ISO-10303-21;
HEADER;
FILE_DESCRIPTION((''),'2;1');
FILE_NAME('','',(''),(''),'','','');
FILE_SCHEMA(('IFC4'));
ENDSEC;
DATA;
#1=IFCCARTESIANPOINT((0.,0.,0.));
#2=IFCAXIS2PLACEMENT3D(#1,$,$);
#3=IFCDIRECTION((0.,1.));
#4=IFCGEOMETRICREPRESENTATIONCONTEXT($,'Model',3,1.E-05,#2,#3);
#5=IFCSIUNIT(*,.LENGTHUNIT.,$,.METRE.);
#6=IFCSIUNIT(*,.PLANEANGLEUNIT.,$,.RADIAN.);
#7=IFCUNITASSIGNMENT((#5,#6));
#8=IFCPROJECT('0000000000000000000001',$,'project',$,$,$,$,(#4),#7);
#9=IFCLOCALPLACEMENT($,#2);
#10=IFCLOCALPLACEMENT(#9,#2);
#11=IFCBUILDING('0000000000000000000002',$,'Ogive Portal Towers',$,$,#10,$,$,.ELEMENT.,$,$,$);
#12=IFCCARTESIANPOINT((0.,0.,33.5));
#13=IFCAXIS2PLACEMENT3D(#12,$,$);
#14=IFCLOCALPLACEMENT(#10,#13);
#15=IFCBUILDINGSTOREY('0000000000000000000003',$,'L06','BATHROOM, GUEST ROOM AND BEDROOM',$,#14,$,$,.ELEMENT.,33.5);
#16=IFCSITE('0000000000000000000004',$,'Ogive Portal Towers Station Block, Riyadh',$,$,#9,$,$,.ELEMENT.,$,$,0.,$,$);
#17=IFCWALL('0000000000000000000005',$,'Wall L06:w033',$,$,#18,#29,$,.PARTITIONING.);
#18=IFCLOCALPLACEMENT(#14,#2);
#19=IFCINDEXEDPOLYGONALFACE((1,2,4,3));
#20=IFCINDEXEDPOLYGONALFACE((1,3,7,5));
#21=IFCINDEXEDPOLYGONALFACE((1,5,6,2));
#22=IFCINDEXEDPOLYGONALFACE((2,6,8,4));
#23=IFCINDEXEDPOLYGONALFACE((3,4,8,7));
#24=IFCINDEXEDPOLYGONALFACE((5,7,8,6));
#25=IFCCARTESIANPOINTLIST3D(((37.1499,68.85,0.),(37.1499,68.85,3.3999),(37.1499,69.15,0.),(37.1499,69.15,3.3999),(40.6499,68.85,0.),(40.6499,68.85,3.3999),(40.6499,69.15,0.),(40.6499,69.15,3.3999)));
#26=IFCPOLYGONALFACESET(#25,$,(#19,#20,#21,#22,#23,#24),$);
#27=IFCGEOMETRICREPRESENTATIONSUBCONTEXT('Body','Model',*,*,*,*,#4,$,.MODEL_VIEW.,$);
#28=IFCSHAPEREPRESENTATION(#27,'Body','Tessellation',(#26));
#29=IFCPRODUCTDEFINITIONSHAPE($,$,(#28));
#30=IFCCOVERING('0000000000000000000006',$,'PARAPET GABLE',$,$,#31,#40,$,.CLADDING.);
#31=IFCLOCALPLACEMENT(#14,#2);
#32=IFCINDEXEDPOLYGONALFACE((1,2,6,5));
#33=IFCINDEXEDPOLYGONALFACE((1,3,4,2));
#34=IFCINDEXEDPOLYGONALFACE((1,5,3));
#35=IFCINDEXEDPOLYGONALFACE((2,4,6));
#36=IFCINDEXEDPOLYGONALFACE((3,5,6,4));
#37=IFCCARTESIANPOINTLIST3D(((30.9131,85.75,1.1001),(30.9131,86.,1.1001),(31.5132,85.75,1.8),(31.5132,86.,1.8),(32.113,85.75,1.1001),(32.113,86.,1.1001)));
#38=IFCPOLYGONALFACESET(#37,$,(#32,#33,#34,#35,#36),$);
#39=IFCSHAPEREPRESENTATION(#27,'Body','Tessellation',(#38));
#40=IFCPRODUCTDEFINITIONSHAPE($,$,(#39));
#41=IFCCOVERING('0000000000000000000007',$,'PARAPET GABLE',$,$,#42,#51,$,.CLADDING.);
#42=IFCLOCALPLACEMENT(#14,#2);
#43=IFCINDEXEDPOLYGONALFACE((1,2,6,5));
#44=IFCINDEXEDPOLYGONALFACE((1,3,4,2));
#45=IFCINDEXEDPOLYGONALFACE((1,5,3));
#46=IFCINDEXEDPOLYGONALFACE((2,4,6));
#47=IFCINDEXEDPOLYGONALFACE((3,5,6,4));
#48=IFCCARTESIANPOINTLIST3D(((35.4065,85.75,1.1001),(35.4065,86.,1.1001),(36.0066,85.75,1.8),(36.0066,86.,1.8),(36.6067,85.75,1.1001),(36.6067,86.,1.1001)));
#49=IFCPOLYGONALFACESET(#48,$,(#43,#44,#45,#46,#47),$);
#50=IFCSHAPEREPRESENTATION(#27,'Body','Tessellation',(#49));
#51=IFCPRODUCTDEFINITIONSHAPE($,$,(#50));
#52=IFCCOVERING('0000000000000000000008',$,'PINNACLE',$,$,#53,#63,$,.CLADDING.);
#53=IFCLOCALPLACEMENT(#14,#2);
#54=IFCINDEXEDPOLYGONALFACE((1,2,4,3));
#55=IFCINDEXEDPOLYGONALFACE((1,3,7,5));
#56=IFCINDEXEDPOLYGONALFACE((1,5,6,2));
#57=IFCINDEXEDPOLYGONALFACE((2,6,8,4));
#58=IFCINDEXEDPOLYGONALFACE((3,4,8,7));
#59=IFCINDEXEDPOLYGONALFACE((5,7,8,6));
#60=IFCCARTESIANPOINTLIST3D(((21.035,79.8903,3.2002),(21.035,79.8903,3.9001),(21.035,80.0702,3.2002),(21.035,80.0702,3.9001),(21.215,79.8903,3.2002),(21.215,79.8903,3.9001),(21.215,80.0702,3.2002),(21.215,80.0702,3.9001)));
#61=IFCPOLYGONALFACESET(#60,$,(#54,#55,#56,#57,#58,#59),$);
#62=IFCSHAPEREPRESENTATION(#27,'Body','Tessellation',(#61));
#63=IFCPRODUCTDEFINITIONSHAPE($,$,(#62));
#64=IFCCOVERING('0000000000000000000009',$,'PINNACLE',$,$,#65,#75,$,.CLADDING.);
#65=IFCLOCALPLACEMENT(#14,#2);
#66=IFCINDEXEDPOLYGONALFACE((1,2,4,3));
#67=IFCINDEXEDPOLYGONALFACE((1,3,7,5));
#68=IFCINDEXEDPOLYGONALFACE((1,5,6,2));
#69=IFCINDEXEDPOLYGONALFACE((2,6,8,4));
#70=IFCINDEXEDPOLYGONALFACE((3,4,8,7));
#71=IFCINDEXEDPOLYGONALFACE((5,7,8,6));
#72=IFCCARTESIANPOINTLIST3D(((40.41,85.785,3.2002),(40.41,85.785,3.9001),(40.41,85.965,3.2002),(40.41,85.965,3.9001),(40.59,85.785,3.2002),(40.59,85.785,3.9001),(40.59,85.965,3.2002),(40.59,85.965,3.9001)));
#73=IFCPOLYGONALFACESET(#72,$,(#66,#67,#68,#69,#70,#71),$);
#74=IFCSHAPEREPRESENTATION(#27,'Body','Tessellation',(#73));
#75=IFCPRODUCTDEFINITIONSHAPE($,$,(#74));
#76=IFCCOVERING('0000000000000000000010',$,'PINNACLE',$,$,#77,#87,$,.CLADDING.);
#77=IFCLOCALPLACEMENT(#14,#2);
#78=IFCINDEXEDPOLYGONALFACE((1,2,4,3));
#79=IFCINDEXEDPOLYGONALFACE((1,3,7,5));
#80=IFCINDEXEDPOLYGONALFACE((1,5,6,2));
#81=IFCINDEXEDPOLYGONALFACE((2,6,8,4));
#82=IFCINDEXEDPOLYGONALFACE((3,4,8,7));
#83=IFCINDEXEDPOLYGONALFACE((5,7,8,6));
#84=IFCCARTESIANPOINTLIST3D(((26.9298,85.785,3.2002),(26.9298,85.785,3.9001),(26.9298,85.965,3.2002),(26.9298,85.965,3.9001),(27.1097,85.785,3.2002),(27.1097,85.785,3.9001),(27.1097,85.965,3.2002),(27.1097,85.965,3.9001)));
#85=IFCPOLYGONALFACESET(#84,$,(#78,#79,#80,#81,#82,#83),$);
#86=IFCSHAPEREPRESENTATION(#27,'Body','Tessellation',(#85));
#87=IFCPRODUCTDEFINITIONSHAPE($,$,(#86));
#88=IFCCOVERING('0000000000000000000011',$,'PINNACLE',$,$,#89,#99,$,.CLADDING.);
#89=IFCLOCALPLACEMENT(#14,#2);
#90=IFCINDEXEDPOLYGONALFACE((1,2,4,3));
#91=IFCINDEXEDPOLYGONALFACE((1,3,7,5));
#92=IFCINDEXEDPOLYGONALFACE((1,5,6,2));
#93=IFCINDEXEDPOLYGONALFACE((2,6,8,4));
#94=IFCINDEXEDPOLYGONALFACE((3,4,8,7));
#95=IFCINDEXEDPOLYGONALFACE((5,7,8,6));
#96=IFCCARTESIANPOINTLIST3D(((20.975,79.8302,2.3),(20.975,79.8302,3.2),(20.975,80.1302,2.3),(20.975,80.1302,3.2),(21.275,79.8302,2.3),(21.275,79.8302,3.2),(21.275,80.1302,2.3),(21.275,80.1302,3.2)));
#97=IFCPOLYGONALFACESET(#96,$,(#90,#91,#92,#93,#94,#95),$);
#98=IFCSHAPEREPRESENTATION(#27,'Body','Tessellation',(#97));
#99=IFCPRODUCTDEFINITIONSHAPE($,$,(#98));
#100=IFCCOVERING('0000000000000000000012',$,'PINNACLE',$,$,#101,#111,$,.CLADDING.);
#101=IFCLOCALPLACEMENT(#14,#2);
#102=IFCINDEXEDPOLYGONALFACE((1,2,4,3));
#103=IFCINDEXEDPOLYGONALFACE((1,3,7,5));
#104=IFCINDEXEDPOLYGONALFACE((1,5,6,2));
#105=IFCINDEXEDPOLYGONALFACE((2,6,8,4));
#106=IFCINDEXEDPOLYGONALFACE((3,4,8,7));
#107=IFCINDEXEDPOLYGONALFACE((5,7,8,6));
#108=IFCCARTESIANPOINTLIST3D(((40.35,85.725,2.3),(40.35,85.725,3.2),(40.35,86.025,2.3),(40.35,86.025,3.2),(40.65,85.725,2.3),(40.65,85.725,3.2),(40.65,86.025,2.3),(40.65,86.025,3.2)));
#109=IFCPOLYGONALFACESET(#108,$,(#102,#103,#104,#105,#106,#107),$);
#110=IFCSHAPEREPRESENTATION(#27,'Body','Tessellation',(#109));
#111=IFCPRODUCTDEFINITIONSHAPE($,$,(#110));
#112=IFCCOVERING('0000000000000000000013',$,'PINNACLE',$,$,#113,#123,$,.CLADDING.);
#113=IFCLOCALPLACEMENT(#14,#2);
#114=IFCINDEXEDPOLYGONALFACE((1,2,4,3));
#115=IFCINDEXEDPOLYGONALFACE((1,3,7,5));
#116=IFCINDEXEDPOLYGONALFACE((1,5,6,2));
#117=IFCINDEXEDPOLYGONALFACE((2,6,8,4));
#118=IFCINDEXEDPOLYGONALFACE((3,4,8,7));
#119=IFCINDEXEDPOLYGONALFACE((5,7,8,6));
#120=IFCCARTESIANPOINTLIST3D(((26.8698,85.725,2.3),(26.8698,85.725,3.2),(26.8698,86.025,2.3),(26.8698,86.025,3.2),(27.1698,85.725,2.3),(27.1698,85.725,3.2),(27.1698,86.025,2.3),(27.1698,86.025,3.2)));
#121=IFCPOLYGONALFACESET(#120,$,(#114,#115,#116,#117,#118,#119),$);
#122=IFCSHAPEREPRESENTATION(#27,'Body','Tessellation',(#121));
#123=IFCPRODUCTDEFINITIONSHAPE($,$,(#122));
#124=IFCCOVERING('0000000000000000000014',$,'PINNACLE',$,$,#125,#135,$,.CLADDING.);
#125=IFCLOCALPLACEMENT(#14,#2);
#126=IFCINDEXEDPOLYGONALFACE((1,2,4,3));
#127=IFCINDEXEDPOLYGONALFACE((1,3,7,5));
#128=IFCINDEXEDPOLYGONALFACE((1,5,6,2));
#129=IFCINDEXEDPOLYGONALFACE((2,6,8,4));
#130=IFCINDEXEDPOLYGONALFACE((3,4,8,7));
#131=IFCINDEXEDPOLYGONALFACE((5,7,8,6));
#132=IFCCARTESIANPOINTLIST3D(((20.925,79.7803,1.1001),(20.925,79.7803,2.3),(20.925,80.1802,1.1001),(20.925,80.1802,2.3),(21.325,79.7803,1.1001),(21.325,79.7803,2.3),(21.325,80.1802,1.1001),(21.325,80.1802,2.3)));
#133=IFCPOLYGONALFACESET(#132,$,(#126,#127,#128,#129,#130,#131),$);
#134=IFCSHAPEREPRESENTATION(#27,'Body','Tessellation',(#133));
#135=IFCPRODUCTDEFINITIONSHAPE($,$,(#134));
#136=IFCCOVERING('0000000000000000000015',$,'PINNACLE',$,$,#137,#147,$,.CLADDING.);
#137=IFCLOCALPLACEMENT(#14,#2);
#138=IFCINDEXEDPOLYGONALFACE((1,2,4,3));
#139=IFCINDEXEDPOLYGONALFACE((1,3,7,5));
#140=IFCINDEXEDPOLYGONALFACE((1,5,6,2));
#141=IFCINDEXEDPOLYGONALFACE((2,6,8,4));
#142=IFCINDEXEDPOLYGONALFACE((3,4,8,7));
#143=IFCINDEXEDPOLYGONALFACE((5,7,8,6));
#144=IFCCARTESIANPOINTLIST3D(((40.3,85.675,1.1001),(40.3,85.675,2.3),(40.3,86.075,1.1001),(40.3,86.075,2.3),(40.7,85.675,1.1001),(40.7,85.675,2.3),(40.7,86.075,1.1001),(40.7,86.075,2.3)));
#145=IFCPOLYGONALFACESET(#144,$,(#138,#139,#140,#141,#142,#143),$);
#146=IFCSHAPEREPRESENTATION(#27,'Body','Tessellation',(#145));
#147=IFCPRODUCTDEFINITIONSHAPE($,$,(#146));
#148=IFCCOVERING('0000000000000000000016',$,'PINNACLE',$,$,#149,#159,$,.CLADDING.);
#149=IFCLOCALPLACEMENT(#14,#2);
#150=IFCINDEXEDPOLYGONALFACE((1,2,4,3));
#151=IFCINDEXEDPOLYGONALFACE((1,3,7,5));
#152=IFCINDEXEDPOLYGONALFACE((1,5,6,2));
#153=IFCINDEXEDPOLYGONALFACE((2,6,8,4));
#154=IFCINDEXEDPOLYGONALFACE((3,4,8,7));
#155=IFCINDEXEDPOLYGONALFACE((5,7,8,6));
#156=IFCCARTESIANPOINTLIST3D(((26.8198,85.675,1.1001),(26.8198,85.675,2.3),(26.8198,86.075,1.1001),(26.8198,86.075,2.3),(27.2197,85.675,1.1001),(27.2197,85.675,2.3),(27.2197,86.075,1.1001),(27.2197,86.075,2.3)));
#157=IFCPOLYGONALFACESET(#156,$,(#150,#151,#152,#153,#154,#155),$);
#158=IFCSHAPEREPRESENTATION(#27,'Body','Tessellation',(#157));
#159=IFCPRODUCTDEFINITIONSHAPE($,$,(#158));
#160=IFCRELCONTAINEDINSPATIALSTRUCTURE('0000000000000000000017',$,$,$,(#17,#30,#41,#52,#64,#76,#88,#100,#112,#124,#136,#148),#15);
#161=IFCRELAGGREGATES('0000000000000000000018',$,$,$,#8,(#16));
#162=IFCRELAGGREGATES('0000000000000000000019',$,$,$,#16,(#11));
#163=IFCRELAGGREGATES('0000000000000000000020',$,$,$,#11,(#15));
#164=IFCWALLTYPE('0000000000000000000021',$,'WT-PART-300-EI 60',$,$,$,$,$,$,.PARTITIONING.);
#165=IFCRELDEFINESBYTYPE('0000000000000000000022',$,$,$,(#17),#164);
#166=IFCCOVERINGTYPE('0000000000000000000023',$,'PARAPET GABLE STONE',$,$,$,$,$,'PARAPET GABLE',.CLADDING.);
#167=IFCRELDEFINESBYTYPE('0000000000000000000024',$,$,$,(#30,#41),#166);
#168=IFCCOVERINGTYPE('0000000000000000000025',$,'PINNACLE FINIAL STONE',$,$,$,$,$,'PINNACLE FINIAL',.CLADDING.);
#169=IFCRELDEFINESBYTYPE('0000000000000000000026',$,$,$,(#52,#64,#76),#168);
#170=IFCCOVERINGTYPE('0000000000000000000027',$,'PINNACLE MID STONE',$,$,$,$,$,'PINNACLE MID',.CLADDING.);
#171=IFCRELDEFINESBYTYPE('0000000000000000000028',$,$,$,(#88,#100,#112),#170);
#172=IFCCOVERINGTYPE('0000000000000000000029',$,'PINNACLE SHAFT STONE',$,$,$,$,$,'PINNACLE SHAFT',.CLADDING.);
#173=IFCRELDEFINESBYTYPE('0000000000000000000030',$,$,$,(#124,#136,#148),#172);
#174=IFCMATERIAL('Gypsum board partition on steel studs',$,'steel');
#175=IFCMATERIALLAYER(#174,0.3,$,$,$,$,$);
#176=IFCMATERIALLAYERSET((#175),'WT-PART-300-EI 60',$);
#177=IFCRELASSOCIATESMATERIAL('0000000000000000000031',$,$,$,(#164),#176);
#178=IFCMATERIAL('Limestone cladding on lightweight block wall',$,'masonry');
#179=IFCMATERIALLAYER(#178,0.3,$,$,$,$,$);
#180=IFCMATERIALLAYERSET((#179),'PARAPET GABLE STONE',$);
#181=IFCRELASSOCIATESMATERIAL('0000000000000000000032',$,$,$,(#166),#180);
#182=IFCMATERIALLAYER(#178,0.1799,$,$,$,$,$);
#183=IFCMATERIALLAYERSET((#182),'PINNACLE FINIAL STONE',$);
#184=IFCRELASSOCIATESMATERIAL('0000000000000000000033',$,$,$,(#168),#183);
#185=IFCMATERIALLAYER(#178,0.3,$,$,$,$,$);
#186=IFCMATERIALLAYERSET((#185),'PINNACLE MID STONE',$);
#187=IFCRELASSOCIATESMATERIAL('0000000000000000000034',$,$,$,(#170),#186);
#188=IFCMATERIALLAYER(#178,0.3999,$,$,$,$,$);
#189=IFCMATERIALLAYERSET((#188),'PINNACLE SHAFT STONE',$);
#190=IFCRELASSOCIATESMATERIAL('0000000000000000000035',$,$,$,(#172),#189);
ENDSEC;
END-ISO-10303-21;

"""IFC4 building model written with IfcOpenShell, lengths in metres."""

from ifc_helpers import new_model, si_unit, direction, frame, frame_2d, origin, origin_2d, place, context, subcontext, project, spatial, polyline, rectangle, outline, extrude, material, layer, layer_set, type_object, element, save


model = new_model("IFC4")

# Units and contexts
model_context = context("Model", 3, precision=1e-05, world=origin(), true_north=direction((0.0, 1.0)))
body_context = subcontext(model_context, "Body", "Model", "MODEL_VIEW")
ifc_project = project(units=[si_unit("LENGTHUNIT", "METRE"), si_unit("PLANEANGLEUNIT", "RADIAN")], contexts=[model_context])

# Site, building, storey
site_placement = place(None, origin())
site = spatial("IfcSite", under=ifc_project, at=site_placement, Name="Ogive Portal Towers Station Block, Riyadh", CompositionType="ELEMENT", RefElevation=0.0)
building_placement = place(site_placement, origin())
building = spatial("IfcBuilding", under=site, at=building_placement, Name="Ogive Portal Towers", CompositionType="ELEMENT")
storey_placement = place(building_placement, frame((0.0, 0.0, 33.5)))
storey = spatial("IfcBuildingStorey", under=building, at=storey_placement, Name="L06", Description="BATHROOM, GUEST ROOM AND BEDROOM", CompositionType="ELEMENT", Elevation=33.5)

# Wall
ifc_material_1 = material(Name="Limestone cladding on lightweight block wall", Category="masonry")
ifc_material_2 = material(Name="Gypsum board partition on steel studs", Category="steel")
ifc_layer_1 = layer(ifc_material_2, 0.3)
ifc_layer_set_1 = layer_set([ifc_layer_1], Name="WT-PART-300-EI 60")
wall_type_1 = type_object("IfcWallType", Name="WT-PART-300-EI 60", PredefinedType="PARTITIONING", material=ifc_layer_set_1)
wall_1_placement = place(storey_placement, frame((37.1499, 69.0, 0.0), z_axis=(0.0, 0.0, 1.0), x_axis=(1.0, 0.0, 0.0)))
element("IfcWall", 1, at=wall_1_placement, inside=storey, type_object=wall_type_1, Name="Wall L06:w033", PredefinedType="PARTITIONING", context=body_context, shape_type="SweptSolid", body=[
    extrude(rectangle(XDim=3.5, YDim=0.3, at=frame_2d((1.75, 0.0))), origin(), (0.0, 0.0, 1.0), 3.3999),
])

# Coverings
ifc_layer_2 = layer(ifc_material_1, 0.3)
ifc_layer_set_2 = layer_set([ifc_layer_2], Name="PARAPET GABLE STONE")
covering_type_1 = type_object("IfcCoveringType", Name="PARAPET GABLE STONE", ElementType="PARAPET GABLE", PredefinedType="CLADDING", material=ifc_layer_set_2)
covering_1_placement = place(storey_placement, frame((30.9131, 85.75, 1.1001), z_axis=(0.0, -1.0, 0.0), x_axis=(1.0, 0.0, 0.0)))
element("IfcCovering", 2, at=covering_1_placement, inside=storey, type_object=covering_type_1, Name="PARAPET GABLE", PredefinedType="CLADDING", context=body_context, shape_type="SweptSolid", body=[
    extrude(outline(polyline([(0.0, 0.0), (1.2, 0.0), (0.6001, 0.7), (0.0, 0.0)])), origin(), (0.0, 0.0, -1.0), 0.25),
])
covering_2_placement = place(storey_placement, frame((35.4065, 85.75, 1.1001), z_axis=(0.0, -1.0, 0.0), x_axis=(1.0, 0.0, 0.0)))
element("IfcCovering", 3, at=covering_2_placement, inside=storey, type_object=covering_type_1, Name="PARAPET GABLE", PredefinedType="CLADDING", context=body_context, shape_type="SweptSolid", body=[
    extrude(outline(polyline([(0.0, 0.0), (1.2002, 0.0), (0.6001, 0.7), (0.0, 0.0)])), origin(), (0.0, 0.0, -1.0), 0.25),
])
ifc_layer_3 = layer(ifc_material_1, 0.1799)
ifc_layer_set_3 = layer_set([ifc_layer_3], Name="PINNACLE FINIAL STONE")
covering_type_2 = type_object("IfcCoveringType", Name="PINNACLE FINIAL STONE", ElementType="PINNACLE FINIAL", PredefinedType="CLADDING", material=ifc_layer_set_3)
for number, where, z_axis, x_axis, name in (
    (4, (21.125, 79.9802, 3.2002), (0.0, 0.0, 1.0), (1.0, 0.0, 0.0), "PINNACLE"),
    (5, (40.5, 85.875, 3.2002), (0.0, 0.0, 1.0), (1.0, 0.0, 0.0), "PINNACLE"),
    (6, (27.0198, 85.875, 3.2002), (0.0, 0.0, 1.0), (1.0, 0.0, 0.0), "PINNACLE"),
):
    element("IfcCovering", number, at=place(storey_placement, frame(where, z_axis=z_axis, x_axis=x_axis)), inside=storey, type_object=covering_type_2, Name=name, PredefinedType="CLADDING", context=body_context, shape_type="SweptSolid", body=[
        extrude(rectangle(XDim=0.1799, YDim=0.1799, at=origin_2d()), origin(), (0.0, 0.0, 1.0), 0.7),
    ])
ifc_layer_4 = layer(ifc_material_1, 0.3)
ifc_layer_set_4 = layer_set([ifc_layer_4], Name="PINNACLE MID STONE")
covering_type_3 = type_object("IfcCoveringType", Name="PINNACLE MID STONE", ElementType="PINNACLE MID", PredefinedType="CLADDING", material=ifc_layer_set_4)
for number, where, z_axis, x_axis, name in (
    (7, (21.125, 79.9802, 2.3), (0.0, 0.0, 1.0), (1.0, 0.0, 0.0), "PINNACLE"),
    (8, (40.5, 85.875, 2.3), (0.0, 0.0, 1.0), (1.0, 0.0, 0.0), "PINNACLE"),
    (9, (27.0198, 85.875, 2.3), (0.0, 0.0, 1.0), (1.0, 0.0, 0.0), "PINNACLE"),
):
    element("IfcCovering", number, at=place(storey_placement, frame(where, z_axis=z_axis, x_axis=x_axis)), inside=storey, type_object=covering_type_3, Name=name, PredefinedType="CLADDING", context=body_context, shape_type="SweptSolid", body=[
        extrude(rectangle(XDim=0.3, YDim=0.3, at=origin_2d()), origin(), (0.0, 0.0, 1.0), 0.8999),
    ])
ifc_layer_5 = layer(ifc_material_1, 0.3999)
ifc_layer_set_5 = layer_set([ifc_layer_5], Name="PINNACLE SHAFT STONE")
covering_type_4 = type_object("IfcCoveringType", Name="PINNACLE SHAFT STONE", ElementType="PINNACLE SHAFT", PredefinedType="CLADDING", material=ifc_layer_set_5)
for number, where, z_axis, x_axis, name in (
    (10, (21.125, 79.9802, 1.1001), (0.0, 0.0, 1.0), (1.0, 0.0, 0.0), "PINNACLE"),
    (11, (40.5, 85.875, 1.1001), (0.0, 0.0, 1.0), (1.0, 0.0, 0.0), "PINNACLE"),
    (12, (27.0198, 85.875, 1.1001), (0.0, 0.0, 1.0), (1.0, 0.0, 0.0), "PINNACLE"),
):
    element("IfcCovering", number, at=place(storey_placement, frame(where, z_axis=z_axis, x_axis=x_axis)), inside=storey, type_object=covering_type_4, Name=name, PredefinedType="CLADDING", context=body_context, shape_type="SweptSolid", body=[
        extrude(rectangle(XDim=0.3999, YDim=0.3999, at=origin_2d()), origin(), (0.0, 0.0, 1.0), 1.2),
    ])

save(model, "model.ifc")
